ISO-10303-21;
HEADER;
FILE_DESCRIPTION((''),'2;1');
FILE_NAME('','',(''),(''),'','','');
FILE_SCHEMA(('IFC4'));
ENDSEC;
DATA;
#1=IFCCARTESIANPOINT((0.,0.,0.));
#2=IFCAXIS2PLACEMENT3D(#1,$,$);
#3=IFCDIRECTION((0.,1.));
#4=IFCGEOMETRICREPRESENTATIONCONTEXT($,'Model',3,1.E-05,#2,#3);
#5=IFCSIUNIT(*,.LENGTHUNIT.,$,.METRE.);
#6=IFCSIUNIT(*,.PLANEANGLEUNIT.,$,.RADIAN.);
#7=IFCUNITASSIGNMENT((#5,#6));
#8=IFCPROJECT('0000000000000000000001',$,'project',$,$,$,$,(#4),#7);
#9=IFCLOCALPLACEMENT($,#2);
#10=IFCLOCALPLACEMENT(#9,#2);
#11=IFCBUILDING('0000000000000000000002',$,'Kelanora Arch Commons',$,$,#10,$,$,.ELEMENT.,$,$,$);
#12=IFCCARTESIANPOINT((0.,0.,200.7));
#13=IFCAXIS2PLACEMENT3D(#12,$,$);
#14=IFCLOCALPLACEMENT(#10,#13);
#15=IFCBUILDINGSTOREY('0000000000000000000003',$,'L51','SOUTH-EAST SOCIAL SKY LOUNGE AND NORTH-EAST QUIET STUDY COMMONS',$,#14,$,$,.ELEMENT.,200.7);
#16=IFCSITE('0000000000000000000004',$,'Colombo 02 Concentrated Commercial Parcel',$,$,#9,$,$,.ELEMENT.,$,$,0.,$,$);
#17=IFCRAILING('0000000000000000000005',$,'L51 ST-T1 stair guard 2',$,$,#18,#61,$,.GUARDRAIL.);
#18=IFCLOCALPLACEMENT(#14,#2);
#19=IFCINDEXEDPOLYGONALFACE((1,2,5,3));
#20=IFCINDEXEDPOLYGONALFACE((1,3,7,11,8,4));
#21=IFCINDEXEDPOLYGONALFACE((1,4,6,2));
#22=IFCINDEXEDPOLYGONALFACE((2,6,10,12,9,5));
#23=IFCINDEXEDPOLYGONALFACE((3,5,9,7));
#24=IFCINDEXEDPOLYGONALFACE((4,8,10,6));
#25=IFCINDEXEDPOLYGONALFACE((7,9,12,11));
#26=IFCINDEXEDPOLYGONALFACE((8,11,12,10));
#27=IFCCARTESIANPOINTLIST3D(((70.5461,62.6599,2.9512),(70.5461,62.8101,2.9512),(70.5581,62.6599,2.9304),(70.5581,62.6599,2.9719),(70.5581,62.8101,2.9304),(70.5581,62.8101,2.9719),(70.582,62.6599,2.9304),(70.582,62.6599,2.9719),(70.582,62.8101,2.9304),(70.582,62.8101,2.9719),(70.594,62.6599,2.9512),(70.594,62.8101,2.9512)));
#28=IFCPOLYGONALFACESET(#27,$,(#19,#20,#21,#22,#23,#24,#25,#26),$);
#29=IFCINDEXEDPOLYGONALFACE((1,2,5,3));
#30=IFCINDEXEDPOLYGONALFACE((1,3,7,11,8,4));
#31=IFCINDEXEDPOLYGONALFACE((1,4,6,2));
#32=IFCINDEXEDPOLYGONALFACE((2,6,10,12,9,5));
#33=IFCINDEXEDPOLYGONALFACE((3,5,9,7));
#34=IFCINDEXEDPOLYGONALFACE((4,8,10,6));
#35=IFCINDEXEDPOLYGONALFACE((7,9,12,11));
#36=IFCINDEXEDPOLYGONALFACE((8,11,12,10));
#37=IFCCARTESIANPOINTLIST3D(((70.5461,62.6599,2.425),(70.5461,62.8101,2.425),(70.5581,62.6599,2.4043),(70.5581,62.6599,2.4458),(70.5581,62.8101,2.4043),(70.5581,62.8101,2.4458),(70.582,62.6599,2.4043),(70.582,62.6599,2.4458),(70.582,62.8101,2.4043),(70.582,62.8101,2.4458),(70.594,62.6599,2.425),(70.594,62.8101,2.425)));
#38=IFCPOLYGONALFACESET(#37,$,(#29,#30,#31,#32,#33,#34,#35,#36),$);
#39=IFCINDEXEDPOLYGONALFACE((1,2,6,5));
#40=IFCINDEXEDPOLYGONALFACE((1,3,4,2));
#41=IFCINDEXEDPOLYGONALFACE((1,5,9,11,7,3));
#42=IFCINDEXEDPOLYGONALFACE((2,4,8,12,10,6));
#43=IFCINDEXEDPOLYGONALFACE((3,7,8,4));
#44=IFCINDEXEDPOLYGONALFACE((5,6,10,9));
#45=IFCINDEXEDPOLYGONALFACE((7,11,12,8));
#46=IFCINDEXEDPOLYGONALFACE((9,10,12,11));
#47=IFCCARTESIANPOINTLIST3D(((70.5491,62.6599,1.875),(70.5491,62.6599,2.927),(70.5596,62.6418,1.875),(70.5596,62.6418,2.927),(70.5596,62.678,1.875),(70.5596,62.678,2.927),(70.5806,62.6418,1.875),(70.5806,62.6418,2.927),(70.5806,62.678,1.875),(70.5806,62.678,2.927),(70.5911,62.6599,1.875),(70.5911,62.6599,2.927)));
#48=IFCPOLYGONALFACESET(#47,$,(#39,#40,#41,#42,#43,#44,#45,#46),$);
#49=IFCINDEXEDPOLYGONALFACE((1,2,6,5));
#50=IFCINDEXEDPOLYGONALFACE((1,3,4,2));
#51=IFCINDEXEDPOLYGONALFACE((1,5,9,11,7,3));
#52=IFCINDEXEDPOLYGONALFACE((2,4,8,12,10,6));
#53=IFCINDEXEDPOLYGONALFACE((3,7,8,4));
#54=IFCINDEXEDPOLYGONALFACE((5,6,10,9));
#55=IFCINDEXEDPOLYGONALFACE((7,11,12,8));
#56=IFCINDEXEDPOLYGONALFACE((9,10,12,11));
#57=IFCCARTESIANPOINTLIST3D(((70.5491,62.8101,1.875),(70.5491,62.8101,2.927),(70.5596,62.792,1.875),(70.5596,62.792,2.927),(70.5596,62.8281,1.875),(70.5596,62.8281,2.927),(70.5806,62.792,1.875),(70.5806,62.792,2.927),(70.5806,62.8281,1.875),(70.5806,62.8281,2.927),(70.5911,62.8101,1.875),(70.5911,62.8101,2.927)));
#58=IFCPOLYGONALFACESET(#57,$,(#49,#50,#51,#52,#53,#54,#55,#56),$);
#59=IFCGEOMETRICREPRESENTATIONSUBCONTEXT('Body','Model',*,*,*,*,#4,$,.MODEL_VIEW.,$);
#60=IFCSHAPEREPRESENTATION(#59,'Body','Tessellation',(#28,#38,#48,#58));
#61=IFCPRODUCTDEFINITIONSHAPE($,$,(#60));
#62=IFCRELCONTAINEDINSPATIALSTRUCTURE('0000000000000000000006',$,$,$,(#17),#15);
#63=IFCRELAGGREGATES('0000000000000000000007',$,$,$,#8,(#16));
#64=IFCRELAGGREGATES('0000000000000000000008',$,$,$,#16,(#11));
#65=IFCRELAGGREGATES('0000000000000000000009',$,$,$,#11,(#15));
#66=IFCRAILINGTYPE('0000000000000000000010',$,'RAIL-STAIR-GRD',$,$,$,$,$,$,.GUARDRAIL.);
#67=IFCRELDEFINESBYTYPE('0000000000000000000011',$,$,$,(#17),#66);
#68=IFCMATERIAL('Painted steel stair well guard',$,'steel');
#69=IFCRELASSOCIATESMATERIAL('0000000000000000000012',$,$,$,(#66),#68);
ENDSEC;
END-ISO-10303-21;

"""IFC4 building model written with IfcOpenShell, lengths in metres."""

from ifc_helpers import new_model, si_unit, direction, frame, origin, place, context, subcontext, project, spatial, polyline, outline, extrude, material, type_object, element, save


model = new_model("IFC4")

# Units and contexts
model_context = context("Model", 3, precision=1e-05, world=origin(), true_north=direction((0.0, 1.0)))
body_context = subcontext(model_context, "Body", "Model", "MODEL_VIEW")
ifc_project = project(units=[si_unit("LENGTHUNIT", "METRE"), si_unit("PLANEANGLEUNIT", "RADIAN")], contexts=[model_context])

# Site, building, storey
site_placement = place(None, origin())
site = spatial("IfcSite", under=ifc_project, at=site_placement, Name="Colombo 02 Concentrated Commercial Parcel", CompositionType="ELEMENT", RefElevation=0.0)
building_placement = place(site_placement, origin())
building = spatial("IfcBuilding", under=site, at=building_placement, Name="Kelanora Arch Commons", CompositionType="ELEMENT")
storey_placement = place(building_placement, frame((0.0, 0.0, 200.7)))
storey = spatial("IfcBuildingStorey", under=building, at=storey_placement, Name="L51", Description="SOUTH-EAST SOCIAL SKY LOUNGE AND NORTH-EAST QUIET STUDY COMMONS", CompositionType="ELEMENT", Elevation=200.7)

# Railing
ifc_material_1 = material(Name="Painted steel stair well guard", Category="steel")
railing_type = type_object("IfcRailingType", Name="RAIL-STAIR-GRD", PredefinedType="GUARDRAIL", material=ifc_material_1)
railing_placement = place(storey_placement, frame((70.5701, 62.6599, 1.875)))
element("IfcRailing", 1, at=railing_placement, inside=storey, type_object=railing_type, Name="L51 ST-T1 stair guard 2", PredefinedType="GUARDRAIL", context=body_context, shape_type="SweptSolid", body=[
    extrude(outline(polyline([(0.0239, 0.0), (0.012, 0.0208), (-0.012, 0.0208), (-0.0239, 0.0), (-0.012, -0.0208), (0.012, -0.0208), (0.0239, 0.0)])), frame((0.0, 0.0, 1.0762), z_axis=(0.0, 1.0, 0.0), x_axis=(-1.0, 0.0, 0.0)), (0.0, 0.0, 1.0), 0.1501),
    extrude(outline(polyline([(0.0239, 0.0), (0.012, 0.0208), (-0.012, 0.0208), (-0.0239, 0.0), (-0.012, -0.0208), (0.012, -0.0208), (0.0239, 0.0)])), frame((0.0, 0.0, 0.55), z_axis=(0.0, 1.0, 0.0), x_axis=(-1.0, 0.0, 0.0)), (0.0, 0.0, 1.0), 0.1501),
    extrude(outline(polyline([(0.021, 0.0), (0.0105, 0.0181), (-0.0105, 0.0181), (-0.021, 0.0), (-0.0105, -0.0181), (0.0105, -0.0181), (0.021, 0.0)])), origin(), (0.0, 0.0, 1.0), 1.052),
    extrude(outline(polyline([(0.021, 0.0), (0.0105, 0.0181), (-0.0105, 0.0181), (-0.021, 0.0), (-0.0105, -0.0181), (0.0105, -0.0181), (0.021, 0.0)])), frame((0.0, 0.1501, 0.0)), (0.0, 0.0, 1.0), 1.052),
])

save(model, "model.ifc")
